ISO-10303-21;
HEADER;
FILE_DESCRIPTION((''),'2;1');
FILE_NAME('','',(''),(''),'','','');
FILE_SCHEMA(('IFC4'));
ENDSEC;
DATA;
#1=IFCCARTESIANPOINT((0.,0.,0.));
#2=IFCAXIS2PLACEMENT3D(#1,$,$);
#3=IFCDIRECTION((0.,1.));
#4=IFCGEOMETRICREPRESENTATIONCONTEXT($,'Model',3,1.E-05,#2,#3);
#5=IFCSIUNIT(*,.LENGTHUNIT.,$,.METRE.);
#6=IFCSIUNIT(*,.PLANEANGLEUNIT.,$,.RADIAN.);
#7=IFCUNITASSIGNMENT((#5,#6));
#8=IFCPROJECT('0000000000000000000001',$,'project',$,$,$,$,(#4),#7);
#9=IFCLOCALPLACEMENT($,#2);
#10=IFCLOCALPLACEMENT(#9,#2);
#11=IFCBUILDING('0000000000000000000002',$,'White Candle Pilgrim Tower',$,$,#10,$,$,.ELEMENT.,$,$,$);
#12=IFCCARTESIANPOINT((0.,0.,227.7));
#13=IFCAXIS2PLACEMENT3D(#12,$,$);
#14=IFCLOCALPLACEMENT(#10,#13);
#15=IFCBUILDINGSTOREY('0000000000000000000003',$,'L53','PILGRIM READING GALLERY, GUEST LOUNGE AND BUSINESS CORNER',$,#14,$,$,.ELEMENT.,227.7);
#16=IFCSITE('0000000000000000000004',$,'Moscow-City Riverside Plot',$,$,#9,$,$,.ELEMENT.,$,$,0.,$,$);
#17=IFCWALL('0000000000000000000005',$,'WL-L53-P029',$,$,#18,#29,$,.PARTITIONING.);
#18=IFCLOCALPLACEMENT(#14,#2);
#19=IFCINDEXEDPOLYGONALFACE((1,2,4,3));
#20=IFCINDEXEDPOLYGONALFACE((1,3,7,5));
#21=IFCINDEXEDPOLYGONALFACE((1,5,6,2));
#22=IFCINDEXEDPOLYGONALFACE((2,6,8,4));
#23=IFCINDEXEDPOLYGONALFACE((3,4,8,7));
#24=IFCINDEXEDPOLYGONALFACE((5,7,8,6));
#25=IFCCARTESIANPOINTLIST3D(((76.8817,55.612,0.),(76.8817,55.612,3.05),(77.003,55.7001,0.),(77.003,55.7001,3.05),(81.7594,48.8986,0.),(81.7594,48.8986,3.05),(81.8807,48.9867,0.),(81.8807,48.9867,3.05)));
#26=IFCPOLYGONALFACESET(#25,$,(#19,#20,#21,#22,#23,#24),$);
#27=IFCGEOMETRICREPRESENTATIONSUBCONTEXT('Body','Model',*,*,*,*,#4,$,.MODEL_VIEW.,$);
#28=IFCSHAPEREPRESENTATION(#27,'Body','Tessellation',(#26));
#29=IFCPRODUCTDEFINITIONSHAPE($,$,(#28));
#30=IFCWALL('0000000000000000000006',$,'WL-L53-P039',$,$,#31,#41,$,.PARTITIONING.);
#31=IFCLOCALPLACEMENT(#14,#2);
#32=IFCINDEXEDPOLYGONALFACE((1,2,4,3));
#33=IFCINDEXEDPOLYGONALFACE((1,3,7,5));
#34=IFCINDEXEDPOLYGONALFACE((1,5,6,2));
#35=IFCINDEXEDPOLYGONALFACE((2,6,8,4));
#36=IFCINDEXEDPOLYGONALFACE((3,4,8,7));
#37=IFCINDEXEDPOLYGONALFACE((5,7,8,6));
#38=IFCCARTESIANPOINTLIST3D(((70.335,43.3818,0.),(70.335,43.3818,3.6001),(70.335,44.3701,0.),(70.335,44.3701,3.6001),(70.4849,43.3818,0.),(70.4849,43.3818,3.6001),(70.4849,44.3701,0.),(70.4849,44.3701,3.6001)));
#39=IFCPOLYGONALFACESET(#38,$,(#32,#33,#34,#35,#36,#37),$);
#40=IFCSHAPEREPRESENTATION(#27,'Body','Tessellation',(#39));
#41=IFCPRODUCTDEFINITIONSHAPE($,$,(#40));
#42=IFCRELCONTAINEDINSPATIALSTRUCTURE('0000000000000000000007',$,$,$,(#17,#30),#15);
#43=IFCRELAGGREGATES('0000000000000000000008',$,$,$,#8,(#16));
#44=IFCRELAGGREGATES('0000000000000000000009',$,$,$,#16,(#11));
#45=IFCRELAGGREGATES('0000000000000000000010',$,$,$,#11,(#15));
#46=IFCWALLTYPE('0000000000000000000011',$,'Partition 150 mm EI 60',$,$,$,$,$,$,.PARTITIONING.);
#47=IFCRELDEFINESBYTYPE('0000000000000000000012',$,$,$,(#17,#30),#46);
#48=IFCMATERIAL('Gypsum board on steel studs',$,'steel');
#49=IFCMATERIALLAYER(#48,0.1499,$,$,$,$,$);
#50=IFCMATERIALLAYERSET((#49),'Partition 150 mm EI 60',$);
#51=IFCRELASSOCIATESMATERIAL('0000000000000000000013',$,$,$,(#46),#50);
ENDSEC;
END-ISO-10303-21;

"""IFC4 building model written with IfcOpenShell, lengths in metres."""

from ifc_helpers import new_model, si_unit, direction, frame, frame_2d, origin, place, context, subcontext, project, spatial, rectangle, extrude, material, layer, layer_set, type_object, element, save


model = new_model("IFC4")

# Units and contexts
model_context = context("Model", 3, precision=1e-05, world=origin(), true_north=direction((0.0, 1.0)))
body_context = subcontext(model_context, "Body", "Model", "MODEL_VIEW")
ifc_project = project(units=[si_unit("LENGTHUNIT", "METRE"), si_unit("PLANEANGLEUNIT", "RADIAN")], contexts=[model_context])

# Site, building, storey
site_placement = place(None, origin())
site = spatial("IfcSite", under=ifc_project, at=site_placement, Name="Moscow-City Riverside Plot", CompositionType="ELEMENT", RefElevation=0.0)
building_placement = place(site_placement, origin())
building = spatial("IfcBuilding", under=site, at=building_placement, Name="White Candle Pilgrim Tower", CompositionType="ELEMENT")
storey_placement = place(building_placement, frame((0.0, 0.0, 227.7)))
storey = spatial("IfcBuildingStorey", under=building, at=storey_placement, Name="L53", Description="PILGRIM READING GALLERY, GUEST LOUNGE AND BUSINESS CORNER", CompositionType="ELEMENT", Elevation=227.7)

# Shared definitions
ifc_material_1 = material(Name="Gypsum board on steel studs", Category="steel")

# Walls
ifc_layer_1 = layer(ifc_material_1, 0.1499)
ifc_layer_set_1 = layer_set([ifc_layer_1], Name="Partition 150 mm EI 60")
wall_type_1 = type_object("IfcWallType", Name="Partition 150 mm EI 60", PredefinedType="PARTITIONING", material=ifc_layer_set_1)
wall_1_placement = place(storey_placement, frame((81.8201, 48.9426, 0.0), z_axis=(0.0, 0.0, 1.0), x_axis=(-0.587796, 0.80901, 0.0)))
element("IfcWall", 1, at=wall_1_placement, inside=storey, type_object=wall_type_1, Name="WL-L53-P029", PredefinedType="PARTITIONING", context=body_context, shape_type="SweptSolid", body=[
    extrude(rectangle(XDim=8.2983, YDim=0.1499, at=frame_2d((4.1492, 0.0))), origin(), (0.0, 0.0, 1.0), 3.05),
])
wall_2_placement = place(storey_placement, frame((70.4099, 44.3701, 0.0), z_axis=(0.0, 0.0, 1.0), x_axis=(0.0, -1.0, 0.0)))
element("IfcWall", 2, at=wall_2_placement, inside=storey, type_object=wall_type_1, Name="WL-L53-P039", PredefinedType="PARTITIONING", context=body_context, shape_type="SweptSolid", body=[
    extrude(rectangle(XDim=0.9883, YDim=0.1499, at=frame_2d((0.4941, 0.0))), origin(), (0.0, 0.0, 1.0), 3.6001),
])

save(model, "model.ifc")
